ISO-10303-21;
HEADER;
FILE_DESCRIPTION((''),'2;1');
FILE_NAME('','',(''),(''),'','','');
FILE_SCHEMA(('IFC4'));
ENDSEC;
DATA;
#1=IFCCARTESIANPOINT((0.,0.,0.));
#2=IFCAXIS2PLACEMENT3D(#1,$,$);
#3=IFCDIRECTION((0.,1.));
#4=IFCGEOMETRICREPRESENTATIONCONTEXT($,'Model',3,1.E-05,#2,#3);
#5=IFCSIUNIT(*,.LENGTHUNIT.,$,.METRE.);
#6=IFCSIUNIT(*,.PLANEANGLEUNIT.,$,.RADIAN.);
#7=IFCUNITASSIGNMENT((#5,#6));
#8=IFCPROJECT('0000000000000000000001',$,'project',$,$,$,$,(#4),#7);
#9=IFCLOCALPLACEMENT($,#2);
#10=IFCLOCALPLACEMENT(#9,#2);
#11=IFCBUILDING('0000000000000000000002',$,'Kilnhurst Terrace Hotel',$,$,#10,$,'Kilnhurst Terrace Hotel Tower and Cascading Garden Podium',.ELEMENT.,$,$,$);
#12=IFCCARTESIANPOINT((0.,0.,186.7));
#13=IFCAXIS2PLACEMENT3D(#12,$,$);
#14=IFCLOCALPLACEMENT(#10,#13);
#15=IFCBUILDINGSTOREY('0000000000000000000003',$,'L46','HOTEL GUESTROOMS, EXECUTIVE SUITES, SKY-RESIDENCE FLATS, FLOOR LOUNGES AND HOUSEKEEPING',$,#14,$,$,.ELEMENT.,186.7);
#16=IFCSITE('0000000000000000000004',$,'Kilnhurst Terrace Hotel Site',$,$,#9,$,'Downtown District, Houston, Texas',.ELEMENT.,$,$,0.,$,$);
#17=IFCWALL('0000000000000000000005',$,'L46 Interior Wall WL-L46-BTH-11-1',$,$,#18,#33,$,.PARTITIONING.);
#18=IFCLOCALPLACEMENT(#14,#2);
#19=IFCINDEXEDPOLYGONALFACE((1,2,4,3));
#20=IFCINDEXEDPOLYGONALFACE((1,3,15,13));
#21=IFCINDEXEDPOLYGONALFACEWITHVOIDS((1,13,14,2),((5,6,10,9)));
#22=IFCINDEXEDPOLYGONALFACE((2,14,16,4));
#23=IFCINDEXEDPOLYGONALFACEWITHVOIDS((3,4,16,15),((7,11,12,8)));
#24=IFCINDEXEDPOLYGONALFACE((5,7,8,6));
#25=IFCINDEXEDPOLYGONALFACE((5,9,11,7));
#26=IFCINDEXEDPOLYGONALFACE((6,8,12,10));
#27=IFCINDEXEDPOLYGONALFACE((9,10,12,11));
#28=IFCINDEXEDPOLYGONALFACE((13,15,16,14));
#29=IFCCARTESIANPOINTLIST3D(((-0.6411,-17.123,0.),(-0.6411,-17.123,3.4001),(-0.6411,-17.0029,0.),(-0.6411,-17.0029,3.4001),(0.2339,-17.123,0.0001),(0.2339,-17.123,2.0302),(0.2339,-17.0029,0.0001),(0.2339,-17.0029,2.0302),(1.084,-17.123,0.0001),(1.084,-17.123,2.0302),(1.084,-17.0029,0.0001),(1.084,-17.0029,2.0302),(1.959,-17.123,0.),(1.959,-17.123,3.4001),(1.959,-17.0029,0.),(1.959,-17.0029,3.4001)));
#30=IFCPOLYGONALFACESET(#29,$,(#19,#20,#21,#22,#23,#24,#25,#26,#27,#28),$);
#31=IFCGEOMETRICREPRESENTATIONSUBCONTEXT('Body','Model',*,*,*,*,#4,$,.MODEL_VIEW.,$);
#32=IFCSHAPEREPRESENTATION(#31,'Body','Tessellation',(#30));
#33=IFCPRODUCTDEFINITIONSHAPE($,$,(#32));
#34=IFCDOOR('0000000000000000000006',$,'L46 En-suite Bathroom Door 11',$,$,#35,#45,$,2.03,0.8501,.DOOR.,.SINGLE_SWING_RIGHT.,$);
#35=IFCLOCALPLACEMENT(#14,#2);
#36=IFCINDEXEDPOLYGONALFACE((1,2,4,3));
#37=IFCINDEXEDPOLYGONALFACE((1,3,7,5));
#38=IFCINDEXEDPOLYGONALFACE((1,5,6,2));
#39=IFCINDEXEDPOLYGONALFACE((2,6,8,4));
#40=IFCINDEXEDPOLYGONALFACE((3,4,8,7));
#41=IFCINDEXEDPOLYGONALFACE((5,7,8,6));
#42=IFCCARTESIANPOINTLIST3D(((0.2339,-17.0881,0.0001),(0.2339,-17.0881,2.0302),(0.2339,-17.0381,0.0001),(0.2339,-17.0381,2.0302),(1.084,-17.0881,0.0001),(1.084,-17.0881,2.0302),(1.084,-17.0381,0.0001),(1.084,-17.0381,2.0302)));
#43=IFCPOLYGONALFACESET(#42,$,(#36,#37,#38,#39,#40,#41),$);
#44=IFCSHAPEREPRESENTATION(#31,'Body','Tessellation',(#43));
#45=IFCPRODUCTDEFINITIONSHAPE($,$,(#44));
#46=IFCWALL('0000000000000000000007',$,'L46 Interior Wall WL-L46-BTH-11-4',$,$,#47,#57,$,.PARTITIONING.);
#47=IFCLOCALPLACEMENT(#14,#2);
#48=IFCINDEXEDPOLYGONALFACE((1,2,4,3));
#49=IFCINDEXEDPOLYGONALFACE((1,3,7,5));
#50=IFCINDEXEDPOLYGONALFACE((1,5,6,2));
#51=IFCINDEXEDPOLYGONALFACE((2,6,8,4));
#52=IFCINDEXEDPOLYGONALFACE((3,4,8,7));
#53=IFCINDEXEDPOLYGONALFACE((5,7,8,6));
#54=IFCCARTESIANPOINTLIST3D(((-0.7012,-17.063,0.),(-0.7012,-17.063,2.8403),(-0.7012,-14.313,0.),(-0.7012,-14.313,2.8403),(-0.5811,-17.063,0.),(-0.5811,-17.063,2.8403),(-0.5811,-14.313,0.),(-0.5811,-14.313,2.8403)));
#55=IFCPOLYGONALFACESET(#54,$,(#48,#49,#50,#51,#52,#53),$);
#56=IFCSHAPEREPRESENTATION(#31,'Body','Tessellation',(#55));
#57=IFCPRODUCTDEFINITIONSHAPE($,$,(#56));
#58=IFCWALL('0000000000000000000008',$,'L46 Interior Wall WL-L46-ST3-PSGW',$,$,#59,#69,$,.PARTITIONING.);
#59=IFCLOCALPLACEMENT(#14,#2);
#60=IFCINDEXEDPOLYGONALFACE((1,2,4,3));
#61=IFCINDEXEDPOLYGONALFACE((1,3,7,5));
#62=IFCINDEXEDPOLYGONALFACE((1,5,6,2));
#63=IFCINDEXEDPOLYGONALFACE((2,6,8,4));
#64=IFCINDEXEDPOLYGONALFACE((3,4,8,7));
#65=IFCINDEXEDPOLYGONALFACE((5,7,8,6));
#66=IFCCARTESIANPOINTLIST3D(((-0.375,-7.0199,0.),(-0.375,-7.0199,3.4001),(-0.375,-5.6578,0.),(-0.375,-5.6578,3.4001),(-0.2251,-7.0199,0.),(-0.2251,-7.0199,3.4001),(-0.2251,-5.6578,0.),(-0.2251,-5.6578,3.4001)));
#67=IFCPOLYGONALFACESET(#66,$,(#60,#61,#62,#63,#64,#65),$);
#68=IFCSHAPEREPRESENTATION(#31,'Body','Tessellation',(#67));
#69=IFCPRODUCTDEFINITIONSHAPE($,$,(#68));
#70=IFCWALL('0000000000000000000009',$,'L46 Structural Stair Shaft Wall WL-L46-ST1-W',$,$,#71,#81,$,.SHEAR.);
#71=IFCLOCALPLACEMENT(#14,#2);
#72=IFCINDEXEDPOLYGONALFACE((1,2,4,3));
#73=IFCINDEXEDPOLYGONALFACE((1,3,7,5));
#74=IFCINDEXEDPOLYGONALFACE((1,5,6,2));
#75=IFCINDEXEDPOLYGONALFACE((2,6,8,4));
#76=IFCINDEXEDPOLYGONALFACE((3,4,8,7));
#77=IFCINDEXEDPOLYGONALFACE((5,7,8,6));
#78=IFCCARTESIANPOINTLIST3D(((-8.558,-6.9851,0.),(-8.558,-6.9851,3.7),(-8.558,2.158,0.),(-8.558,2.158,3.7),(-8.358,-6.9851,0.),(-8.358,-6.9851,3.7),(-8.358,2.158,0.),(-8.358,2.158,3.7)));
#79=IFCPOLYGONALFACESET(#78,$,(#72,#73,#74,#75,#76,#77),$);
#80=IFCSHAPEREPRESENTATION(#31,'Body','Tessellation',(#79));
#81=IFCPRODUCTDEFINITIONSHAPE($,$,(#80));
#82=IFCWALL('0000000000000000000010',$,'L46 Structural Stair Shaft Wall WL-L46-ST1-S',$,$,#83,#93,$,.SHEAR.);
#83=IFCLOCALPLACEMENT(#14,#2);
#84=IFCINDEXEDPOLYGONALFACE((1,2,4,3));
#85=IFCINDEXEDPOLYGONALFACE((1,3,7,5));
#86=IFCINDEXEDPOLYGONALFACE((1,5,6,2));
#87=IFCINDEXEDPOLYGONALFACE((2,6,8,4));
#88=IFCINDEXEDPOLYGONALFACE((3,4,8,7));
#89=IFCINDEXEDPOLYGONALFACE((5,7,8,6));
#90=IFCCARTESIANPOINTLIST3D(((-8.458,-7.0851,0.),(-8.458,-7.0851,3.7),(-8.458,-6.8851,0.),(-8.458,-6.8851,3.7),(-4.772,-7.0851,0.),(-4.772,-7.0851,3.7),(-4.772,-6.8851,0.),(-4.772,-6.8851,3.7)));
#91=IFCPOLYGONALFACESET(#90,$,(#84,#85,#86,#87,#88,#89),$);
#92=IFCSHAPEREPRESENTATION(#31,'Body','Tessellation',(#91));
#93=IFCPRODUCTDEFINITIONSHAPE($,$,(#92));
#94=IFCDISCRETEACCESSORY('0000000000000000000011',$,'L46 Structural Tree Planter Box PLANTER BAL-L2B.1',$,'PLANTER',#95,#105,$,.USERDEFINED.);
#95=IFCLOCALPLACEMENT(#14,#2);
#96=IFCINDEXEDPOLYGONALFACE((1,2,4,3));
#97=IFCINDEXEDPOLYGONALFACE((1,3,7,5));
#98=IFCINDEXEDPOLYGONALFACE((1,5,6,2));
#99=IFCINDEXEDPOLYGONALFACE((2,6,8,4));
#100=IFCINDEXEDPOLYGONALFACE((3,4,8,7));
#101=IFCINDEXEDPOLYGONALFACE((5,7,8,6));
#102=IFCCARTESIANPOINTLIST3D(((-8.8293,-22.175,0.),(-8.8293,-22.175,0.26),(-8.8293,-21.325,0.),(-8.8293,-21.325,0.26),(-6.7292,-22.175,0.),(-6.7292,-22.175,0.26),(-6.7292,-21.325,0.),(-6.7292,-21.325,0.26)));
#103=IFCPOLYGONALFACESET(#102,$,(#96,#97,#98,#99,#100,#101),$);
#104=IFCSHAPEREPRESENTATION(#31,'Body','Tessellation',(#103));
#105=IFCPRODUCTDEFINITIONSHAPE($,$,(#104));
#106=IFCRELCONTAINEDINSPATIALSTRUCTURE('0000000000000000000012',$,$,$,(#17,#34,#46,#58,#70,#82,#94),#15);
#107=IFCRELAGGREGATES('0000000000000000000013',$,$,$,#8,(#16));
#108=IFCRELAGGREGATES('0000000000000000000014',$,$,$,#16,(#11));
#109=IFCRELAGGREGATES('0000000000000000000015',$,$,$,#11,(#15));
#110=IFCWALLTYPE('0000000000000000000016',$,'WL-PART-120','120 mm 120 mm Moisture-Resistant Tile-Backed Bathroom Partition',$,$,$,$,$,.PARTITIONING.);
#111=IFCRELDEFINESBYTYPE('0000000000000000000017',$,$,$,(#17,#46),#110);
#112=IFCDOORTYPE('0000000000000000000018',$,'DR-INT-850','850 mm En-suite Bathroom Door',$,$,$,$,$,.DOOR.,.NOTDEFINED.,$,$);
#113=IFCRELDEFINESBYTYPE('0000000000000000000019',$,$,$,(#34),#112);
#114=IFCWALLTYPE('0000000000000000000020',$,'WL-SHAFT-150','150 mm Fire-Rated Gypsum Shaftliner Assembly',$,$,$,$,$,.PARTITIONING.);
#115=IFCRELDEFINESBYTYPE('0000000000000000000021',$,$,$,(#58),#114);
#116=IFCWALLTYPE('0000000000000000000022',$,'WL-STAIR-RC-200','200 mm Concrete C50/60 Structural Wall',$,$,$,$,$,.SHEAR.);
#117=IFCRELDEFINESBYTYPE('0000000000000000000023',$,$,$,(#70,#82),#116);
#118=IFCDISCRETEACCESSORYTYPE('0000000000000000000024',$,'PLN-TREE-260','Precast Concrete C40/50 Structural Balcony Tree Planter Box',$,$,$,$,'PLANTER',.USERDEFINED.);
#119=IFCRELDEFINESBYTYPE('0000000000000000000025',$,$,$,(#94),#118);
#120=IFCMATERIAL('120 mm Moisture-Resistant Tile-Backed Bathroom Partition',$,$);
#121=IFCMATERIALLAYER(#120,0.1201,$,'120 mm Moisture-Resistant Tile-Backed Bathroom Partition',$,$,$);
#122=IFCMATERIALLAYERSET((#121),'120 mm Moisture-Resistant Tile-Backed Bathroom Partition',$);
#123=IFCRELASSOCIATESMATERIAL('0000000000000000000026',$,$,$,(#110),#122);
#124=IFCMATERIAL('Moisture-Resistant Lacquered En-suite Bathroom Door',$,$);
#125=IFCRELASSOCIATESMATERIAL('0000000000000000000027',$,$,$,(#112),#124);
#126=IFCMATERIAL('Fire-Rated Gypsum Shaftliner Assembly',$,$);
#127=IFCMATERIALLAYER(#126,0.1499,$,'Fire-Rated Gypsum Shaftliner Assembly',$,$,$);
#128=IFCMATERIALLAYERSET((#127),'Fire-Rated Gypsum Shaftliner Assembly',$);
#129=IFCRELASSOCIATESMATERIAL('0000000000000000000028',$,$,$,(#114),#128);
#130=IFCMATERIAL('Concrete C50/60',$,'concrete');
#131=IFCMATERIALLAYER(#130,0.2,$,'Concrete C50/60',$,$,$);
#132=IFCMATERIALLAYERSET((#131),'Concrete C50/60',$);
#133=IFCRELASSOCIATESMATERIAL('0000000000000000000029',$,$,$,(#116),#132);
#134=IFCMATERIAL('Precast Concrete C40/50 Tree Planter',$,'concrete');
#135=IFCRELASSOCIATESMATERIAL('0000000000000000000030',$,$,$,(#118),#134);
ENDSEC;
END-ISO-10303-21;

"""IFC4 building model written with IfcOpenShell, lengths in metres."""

from ifc_helpers import new_model, si_unit, direction, frame, frame_2d, origin, origin_2d, place, context, subcontext, project, spatial, rectangle, extrude, material, layer, layer_set, type_object, element, fill, save


model = new_model("IFC4")

# Units and contexts
model_context = context("Model", 3, precision=1e-05, world=origin(), true_north=direction((0.0, 1.0)))
body_context = subcontext(model_context, "Body", "Model", "MODEL_VIEW")
ifc_project = project(units=[si_unit("LENGTHUNIT", "METRE"), si_unit("PLANEANGLEUNIT", "RADIAN")], contexts=[model_context])

# Site, building, storey
site_placement = place(None, origin())
site = spatial("IfcSite", under=ifc_project, at=site_placement, Name="Kilnhurst Terrace Hotel Site", LongName="Downtown District, Houston, Texas", CompositionType="ELEMENT", RefElevation=0.0)
building_placement = place(site_placement, origin())
building = spatial("IfcBuilding", under=site, at=building_placement, Name="Kilnhurst Terrace Hotel", LongName="Kilnhurst Terrace Hotel Tower and Cascading Garden Podium", CompositionType="ELEMENT")
storey_placement = place(building_placement, frame((0.0, 0.0, 186.7)))
storey = spatial("IfcBuildingStorey", under=building, at=storey_placement, Name="L46", Description="HOTEL GUESTROOMS, EXECUTIVE SUITES, SKY-RESIDENCE FLATS, FLOOR LOUNGES AND HOUSEKEEPING", CompositionType="ELEMENT", Elevation=186.7)

# Shared definitions
ifc_material_1 = material(Name="Concrete C50/60", Category="concrete")

# Wall, opening, door
ifc_material_2 = material(Name="120 mm Moisture-Resistant Tile-Backed Bathroom Partition")
ifc_layer_1 = layer(ifc_material_2, 0.1201, Name="120 mm Moisture-Resistant Tile-Backed Bathroom Partition")
ifc_layer_set_1 = layer_set([ifc_layer_1], Name="120 mm Moisture-Resistant Tile-Backed Bathroom Partition")
wall_type_1 = type_object("IfcWallType", Name="WL-PART-120", Description="120 mm 120 mm Moisture-Resistant Tile-Backed Bathroom Partition", PredefinedType="PARTITIONING", material=ifc_layer_set_1)
wall_1_placement = place(storey_placement, frame((-0.6411, -17.063, 0.0), z_axis=(0.0, 0.0, 1.0), x_axis=(1.0, 0.0, 0.0)))
wall_1 = element("IfcWall", 1, at=wall_1_placement, inside=storey, type_object=wall_type_1, Name="L46 Interior Wall WL-L46-BTH-11-1", PredefinedType="PARTITIONING", context=body_context, shape_type="SweptSolid", body=[
    extrude(rectangle(XDim=2.6001, YDim=0.1201, at=frame_2d((1.3, 0.0))), origin(), (0.0, 0.0, 1.0), 3.4001),
])
opening_placement = place(wall_1_placement, frame((0.875, 0.0, 0.0)))
opening = element("IfcOpeningElement", 2, at=opening_placement, cuts=wall_1, PredefinedType="OPENING", context=body_context, shape_type="SweptSolid", body=[
    extrude(rectangle(XDim=0.8501, YDim=2.03, at=frame_2d((0.425, 1.0151))), frame((0.0, 0.0701, 0.0), z_axis=(0.0, -1.0, 0.0), x_axis=(1.0, 0.0, 0.0)), (0.0, 0.0, 1.0), 0.1401),
])
ifc_material_3 = material(Name="Moisture-Resistant Lacquered En-suite Bathroom Door")
door_type = type_object("IfcDoorType", Name="DR-INT-850", Description="850 mm En-suite Bathroom Door", OperationType="NOTDEFINED", PredefinedType="DOOR", material=ifc_material_3)
door_placement = place(opening_placement, origin())
door = element("IfcDoor", 3, at=door_placement, inside=storey, type_object=door_type, Name="L46 En-suite Bathroom Door 11", OperationType="SINGLE_SWING_RIGHT", OverallHeight=2.03, OverallWidth=0.8501, PredefinedType="DOOR", context=body_context, shape_type="SweptSolid", body=[
    extrude(rectangle(XDim=0.8501, YDim=2.03, at=frame_2d((0.425, 1.0151))), frame((0.0, 0.0249, 0.0), z_axis=(0.0, -1.0, 0.0), x_axis=(1.0, 0.0, 0.0)), (0.0, 0.0, 1.0), 0.05),
])
fill(opening, door)

# Walls
wall_2_placement = place(storey_placement, frame((-0.6411, -14.313, 0.0), z_axis=(0.0, 0.0, 1.0), x_axis=(0.0, -1.0, 0.0)))
element("IfcWall", 4, at=wall_2_placement, inside=storey, type_object=wall_type_1, Name="L46 Interior Wall WL-L46-BTH-11-4", PredefinedType="PARTITIONING", context=body_context, shape_type="SweptSolid", body=[
    extrude(rectangle(XDim=2.75, YDim=0.1201, at=frame_2d((1.375, 0.0))), origin(), (0.0, 0.0, 1.0), 2.8403),
])
ifc_material_4 = material(Name="Fire-Rated Gypsum Shaftliner Assembly")
ifc_layer_2 = layer(ifc_material_4, 0.1499, Name="Fire-Rated Gypsum Shaftliner Assembly")
ifc_layer_set_2 = layer_set([ifc_layer_2], Name="Fire-Rated Gypsum Shaftliner Assembly")
wall_type_2 = type_object("IfcWallType", Name="WL-SHAFT-150", Description="150 mm Fire-Rated Gypsum Shaftliner Assembly", PredefinedType="PARTITIONING", material=ifc_layer_set_2)
wall_3_placement = place(storey_placement, frame((-0.3, -7.02, 0.0), z_axis=(0.0, 0.0, 1.0), x_axis=(0.0, 1.0, 0.0)))
element("IfcWall", 5, at=wall_3_placement, inside=storey, type_object=wall_type_2, Name="L46 Interior Wall WL-L46-ST3-PSGW", PredefinedType="PARTITIONING", context=body_context, shape_type="SweptSolid", body=[
    extrude(rectangle(XDim=1.3621, YDim=0.1499, at=frame_2d((0.6812, 0.0))), origin(), (0.0, 0.0, 1.0), 3.4001),
])
ifc_layer_3 = layer(ifc_material_1, 0.2, Name="Concrete C50/60")
ifc_layer_set_3 = layer_set([ifc_layer_3], Name="Concrete C50/60")
wall_type_3 = type_object("IfcWallType", Name="WL-STAIR-RC-200", Description="200 mm Concrete C50/60 Structural Wall", PredefinedType="SHEAR", material=ifc_layer_set_3)
wall_4_placement = place(storey_placement, frame((-8.458, -6.9851, 0.0), z_axis=(0.0, 0.0, 1.0), x_axis=(0.0, 1.0, 0.0)))
element("IfcWall", 6, at=wall_4_placement, inside=storey, type_object=wall_type_3, Name="L46 Structural Stair Shaft Wall WL-L46-ST1-W", PredefinedType="SHEAR", context=body_context, shape_type="SweptSolid", body=[
    extrude(rectangle(XDim=9.1431, YDim=0.2, at=frame_2d((4.5715, 0.0))), origin(), (0.0, 0.0, 1.0), 3.7),
])
wall_5_placement = place(storey_placement, frame((-8.458, -6.9851, 0.0), z_axis=(0.0, 0.0, 1.0), x_axis=(1.0, 0.0, 0.0)))
element("IfcWall", 7, at=wall_5_placement, inside=storey, type_object=wall_type_3, Name="L46 Structural Stair Shaft Wall WL-L46-ST1-S", PredefinedType="SHEAR", context=body_context, shape_type="SweptSolid", body=[
    extrude(rectangle(XDim=3.686, YDim=0.2, at=frame_2d((1.843, 0.0))), origin(), (0.0, 0.0, 1.0), 3.7),
])

# Discrete accessory
ifc_material_5 = material(Name="Precast Concrete C40/50 Tree Planter", Category="concrete")
discrete_accessory_type = type_object("IfcDiscreteAccessoryType", Name="PLN-TREE-260", Description="Precast Concrete C40/50 Structural Balcony Tree Planter Box", ElementType="PLANTER", PredefinedType="USERDEFINED", material=ifc_material_5)
discrete_accessory_placement = place(storey_placement, frame((-7.7793, -21.75, 0.0), z_axis=(0.0, 0.0, 1.0), x_axis=(1.0, 0.0, 0.0)))
element("IfcDiscreteAccessory", 8, at=discrete_accessory_placement, inside=storey, type_object=discrete_accessory_type, Name="L46 Structural Tree Planter Box PLANTER BAL-L2B.1", ObjectType="PLANTER", PredefinedType="USERDEFINED", context=body_context, shape_type="SweptSolid", body=[
    extrude(rectangle(XDim=2.1001, YDim=0.8501, at=origin_2d()), origin(), (0.0, 0.0, 1.0), 0.26),
])

save(model, "model.ifc")
